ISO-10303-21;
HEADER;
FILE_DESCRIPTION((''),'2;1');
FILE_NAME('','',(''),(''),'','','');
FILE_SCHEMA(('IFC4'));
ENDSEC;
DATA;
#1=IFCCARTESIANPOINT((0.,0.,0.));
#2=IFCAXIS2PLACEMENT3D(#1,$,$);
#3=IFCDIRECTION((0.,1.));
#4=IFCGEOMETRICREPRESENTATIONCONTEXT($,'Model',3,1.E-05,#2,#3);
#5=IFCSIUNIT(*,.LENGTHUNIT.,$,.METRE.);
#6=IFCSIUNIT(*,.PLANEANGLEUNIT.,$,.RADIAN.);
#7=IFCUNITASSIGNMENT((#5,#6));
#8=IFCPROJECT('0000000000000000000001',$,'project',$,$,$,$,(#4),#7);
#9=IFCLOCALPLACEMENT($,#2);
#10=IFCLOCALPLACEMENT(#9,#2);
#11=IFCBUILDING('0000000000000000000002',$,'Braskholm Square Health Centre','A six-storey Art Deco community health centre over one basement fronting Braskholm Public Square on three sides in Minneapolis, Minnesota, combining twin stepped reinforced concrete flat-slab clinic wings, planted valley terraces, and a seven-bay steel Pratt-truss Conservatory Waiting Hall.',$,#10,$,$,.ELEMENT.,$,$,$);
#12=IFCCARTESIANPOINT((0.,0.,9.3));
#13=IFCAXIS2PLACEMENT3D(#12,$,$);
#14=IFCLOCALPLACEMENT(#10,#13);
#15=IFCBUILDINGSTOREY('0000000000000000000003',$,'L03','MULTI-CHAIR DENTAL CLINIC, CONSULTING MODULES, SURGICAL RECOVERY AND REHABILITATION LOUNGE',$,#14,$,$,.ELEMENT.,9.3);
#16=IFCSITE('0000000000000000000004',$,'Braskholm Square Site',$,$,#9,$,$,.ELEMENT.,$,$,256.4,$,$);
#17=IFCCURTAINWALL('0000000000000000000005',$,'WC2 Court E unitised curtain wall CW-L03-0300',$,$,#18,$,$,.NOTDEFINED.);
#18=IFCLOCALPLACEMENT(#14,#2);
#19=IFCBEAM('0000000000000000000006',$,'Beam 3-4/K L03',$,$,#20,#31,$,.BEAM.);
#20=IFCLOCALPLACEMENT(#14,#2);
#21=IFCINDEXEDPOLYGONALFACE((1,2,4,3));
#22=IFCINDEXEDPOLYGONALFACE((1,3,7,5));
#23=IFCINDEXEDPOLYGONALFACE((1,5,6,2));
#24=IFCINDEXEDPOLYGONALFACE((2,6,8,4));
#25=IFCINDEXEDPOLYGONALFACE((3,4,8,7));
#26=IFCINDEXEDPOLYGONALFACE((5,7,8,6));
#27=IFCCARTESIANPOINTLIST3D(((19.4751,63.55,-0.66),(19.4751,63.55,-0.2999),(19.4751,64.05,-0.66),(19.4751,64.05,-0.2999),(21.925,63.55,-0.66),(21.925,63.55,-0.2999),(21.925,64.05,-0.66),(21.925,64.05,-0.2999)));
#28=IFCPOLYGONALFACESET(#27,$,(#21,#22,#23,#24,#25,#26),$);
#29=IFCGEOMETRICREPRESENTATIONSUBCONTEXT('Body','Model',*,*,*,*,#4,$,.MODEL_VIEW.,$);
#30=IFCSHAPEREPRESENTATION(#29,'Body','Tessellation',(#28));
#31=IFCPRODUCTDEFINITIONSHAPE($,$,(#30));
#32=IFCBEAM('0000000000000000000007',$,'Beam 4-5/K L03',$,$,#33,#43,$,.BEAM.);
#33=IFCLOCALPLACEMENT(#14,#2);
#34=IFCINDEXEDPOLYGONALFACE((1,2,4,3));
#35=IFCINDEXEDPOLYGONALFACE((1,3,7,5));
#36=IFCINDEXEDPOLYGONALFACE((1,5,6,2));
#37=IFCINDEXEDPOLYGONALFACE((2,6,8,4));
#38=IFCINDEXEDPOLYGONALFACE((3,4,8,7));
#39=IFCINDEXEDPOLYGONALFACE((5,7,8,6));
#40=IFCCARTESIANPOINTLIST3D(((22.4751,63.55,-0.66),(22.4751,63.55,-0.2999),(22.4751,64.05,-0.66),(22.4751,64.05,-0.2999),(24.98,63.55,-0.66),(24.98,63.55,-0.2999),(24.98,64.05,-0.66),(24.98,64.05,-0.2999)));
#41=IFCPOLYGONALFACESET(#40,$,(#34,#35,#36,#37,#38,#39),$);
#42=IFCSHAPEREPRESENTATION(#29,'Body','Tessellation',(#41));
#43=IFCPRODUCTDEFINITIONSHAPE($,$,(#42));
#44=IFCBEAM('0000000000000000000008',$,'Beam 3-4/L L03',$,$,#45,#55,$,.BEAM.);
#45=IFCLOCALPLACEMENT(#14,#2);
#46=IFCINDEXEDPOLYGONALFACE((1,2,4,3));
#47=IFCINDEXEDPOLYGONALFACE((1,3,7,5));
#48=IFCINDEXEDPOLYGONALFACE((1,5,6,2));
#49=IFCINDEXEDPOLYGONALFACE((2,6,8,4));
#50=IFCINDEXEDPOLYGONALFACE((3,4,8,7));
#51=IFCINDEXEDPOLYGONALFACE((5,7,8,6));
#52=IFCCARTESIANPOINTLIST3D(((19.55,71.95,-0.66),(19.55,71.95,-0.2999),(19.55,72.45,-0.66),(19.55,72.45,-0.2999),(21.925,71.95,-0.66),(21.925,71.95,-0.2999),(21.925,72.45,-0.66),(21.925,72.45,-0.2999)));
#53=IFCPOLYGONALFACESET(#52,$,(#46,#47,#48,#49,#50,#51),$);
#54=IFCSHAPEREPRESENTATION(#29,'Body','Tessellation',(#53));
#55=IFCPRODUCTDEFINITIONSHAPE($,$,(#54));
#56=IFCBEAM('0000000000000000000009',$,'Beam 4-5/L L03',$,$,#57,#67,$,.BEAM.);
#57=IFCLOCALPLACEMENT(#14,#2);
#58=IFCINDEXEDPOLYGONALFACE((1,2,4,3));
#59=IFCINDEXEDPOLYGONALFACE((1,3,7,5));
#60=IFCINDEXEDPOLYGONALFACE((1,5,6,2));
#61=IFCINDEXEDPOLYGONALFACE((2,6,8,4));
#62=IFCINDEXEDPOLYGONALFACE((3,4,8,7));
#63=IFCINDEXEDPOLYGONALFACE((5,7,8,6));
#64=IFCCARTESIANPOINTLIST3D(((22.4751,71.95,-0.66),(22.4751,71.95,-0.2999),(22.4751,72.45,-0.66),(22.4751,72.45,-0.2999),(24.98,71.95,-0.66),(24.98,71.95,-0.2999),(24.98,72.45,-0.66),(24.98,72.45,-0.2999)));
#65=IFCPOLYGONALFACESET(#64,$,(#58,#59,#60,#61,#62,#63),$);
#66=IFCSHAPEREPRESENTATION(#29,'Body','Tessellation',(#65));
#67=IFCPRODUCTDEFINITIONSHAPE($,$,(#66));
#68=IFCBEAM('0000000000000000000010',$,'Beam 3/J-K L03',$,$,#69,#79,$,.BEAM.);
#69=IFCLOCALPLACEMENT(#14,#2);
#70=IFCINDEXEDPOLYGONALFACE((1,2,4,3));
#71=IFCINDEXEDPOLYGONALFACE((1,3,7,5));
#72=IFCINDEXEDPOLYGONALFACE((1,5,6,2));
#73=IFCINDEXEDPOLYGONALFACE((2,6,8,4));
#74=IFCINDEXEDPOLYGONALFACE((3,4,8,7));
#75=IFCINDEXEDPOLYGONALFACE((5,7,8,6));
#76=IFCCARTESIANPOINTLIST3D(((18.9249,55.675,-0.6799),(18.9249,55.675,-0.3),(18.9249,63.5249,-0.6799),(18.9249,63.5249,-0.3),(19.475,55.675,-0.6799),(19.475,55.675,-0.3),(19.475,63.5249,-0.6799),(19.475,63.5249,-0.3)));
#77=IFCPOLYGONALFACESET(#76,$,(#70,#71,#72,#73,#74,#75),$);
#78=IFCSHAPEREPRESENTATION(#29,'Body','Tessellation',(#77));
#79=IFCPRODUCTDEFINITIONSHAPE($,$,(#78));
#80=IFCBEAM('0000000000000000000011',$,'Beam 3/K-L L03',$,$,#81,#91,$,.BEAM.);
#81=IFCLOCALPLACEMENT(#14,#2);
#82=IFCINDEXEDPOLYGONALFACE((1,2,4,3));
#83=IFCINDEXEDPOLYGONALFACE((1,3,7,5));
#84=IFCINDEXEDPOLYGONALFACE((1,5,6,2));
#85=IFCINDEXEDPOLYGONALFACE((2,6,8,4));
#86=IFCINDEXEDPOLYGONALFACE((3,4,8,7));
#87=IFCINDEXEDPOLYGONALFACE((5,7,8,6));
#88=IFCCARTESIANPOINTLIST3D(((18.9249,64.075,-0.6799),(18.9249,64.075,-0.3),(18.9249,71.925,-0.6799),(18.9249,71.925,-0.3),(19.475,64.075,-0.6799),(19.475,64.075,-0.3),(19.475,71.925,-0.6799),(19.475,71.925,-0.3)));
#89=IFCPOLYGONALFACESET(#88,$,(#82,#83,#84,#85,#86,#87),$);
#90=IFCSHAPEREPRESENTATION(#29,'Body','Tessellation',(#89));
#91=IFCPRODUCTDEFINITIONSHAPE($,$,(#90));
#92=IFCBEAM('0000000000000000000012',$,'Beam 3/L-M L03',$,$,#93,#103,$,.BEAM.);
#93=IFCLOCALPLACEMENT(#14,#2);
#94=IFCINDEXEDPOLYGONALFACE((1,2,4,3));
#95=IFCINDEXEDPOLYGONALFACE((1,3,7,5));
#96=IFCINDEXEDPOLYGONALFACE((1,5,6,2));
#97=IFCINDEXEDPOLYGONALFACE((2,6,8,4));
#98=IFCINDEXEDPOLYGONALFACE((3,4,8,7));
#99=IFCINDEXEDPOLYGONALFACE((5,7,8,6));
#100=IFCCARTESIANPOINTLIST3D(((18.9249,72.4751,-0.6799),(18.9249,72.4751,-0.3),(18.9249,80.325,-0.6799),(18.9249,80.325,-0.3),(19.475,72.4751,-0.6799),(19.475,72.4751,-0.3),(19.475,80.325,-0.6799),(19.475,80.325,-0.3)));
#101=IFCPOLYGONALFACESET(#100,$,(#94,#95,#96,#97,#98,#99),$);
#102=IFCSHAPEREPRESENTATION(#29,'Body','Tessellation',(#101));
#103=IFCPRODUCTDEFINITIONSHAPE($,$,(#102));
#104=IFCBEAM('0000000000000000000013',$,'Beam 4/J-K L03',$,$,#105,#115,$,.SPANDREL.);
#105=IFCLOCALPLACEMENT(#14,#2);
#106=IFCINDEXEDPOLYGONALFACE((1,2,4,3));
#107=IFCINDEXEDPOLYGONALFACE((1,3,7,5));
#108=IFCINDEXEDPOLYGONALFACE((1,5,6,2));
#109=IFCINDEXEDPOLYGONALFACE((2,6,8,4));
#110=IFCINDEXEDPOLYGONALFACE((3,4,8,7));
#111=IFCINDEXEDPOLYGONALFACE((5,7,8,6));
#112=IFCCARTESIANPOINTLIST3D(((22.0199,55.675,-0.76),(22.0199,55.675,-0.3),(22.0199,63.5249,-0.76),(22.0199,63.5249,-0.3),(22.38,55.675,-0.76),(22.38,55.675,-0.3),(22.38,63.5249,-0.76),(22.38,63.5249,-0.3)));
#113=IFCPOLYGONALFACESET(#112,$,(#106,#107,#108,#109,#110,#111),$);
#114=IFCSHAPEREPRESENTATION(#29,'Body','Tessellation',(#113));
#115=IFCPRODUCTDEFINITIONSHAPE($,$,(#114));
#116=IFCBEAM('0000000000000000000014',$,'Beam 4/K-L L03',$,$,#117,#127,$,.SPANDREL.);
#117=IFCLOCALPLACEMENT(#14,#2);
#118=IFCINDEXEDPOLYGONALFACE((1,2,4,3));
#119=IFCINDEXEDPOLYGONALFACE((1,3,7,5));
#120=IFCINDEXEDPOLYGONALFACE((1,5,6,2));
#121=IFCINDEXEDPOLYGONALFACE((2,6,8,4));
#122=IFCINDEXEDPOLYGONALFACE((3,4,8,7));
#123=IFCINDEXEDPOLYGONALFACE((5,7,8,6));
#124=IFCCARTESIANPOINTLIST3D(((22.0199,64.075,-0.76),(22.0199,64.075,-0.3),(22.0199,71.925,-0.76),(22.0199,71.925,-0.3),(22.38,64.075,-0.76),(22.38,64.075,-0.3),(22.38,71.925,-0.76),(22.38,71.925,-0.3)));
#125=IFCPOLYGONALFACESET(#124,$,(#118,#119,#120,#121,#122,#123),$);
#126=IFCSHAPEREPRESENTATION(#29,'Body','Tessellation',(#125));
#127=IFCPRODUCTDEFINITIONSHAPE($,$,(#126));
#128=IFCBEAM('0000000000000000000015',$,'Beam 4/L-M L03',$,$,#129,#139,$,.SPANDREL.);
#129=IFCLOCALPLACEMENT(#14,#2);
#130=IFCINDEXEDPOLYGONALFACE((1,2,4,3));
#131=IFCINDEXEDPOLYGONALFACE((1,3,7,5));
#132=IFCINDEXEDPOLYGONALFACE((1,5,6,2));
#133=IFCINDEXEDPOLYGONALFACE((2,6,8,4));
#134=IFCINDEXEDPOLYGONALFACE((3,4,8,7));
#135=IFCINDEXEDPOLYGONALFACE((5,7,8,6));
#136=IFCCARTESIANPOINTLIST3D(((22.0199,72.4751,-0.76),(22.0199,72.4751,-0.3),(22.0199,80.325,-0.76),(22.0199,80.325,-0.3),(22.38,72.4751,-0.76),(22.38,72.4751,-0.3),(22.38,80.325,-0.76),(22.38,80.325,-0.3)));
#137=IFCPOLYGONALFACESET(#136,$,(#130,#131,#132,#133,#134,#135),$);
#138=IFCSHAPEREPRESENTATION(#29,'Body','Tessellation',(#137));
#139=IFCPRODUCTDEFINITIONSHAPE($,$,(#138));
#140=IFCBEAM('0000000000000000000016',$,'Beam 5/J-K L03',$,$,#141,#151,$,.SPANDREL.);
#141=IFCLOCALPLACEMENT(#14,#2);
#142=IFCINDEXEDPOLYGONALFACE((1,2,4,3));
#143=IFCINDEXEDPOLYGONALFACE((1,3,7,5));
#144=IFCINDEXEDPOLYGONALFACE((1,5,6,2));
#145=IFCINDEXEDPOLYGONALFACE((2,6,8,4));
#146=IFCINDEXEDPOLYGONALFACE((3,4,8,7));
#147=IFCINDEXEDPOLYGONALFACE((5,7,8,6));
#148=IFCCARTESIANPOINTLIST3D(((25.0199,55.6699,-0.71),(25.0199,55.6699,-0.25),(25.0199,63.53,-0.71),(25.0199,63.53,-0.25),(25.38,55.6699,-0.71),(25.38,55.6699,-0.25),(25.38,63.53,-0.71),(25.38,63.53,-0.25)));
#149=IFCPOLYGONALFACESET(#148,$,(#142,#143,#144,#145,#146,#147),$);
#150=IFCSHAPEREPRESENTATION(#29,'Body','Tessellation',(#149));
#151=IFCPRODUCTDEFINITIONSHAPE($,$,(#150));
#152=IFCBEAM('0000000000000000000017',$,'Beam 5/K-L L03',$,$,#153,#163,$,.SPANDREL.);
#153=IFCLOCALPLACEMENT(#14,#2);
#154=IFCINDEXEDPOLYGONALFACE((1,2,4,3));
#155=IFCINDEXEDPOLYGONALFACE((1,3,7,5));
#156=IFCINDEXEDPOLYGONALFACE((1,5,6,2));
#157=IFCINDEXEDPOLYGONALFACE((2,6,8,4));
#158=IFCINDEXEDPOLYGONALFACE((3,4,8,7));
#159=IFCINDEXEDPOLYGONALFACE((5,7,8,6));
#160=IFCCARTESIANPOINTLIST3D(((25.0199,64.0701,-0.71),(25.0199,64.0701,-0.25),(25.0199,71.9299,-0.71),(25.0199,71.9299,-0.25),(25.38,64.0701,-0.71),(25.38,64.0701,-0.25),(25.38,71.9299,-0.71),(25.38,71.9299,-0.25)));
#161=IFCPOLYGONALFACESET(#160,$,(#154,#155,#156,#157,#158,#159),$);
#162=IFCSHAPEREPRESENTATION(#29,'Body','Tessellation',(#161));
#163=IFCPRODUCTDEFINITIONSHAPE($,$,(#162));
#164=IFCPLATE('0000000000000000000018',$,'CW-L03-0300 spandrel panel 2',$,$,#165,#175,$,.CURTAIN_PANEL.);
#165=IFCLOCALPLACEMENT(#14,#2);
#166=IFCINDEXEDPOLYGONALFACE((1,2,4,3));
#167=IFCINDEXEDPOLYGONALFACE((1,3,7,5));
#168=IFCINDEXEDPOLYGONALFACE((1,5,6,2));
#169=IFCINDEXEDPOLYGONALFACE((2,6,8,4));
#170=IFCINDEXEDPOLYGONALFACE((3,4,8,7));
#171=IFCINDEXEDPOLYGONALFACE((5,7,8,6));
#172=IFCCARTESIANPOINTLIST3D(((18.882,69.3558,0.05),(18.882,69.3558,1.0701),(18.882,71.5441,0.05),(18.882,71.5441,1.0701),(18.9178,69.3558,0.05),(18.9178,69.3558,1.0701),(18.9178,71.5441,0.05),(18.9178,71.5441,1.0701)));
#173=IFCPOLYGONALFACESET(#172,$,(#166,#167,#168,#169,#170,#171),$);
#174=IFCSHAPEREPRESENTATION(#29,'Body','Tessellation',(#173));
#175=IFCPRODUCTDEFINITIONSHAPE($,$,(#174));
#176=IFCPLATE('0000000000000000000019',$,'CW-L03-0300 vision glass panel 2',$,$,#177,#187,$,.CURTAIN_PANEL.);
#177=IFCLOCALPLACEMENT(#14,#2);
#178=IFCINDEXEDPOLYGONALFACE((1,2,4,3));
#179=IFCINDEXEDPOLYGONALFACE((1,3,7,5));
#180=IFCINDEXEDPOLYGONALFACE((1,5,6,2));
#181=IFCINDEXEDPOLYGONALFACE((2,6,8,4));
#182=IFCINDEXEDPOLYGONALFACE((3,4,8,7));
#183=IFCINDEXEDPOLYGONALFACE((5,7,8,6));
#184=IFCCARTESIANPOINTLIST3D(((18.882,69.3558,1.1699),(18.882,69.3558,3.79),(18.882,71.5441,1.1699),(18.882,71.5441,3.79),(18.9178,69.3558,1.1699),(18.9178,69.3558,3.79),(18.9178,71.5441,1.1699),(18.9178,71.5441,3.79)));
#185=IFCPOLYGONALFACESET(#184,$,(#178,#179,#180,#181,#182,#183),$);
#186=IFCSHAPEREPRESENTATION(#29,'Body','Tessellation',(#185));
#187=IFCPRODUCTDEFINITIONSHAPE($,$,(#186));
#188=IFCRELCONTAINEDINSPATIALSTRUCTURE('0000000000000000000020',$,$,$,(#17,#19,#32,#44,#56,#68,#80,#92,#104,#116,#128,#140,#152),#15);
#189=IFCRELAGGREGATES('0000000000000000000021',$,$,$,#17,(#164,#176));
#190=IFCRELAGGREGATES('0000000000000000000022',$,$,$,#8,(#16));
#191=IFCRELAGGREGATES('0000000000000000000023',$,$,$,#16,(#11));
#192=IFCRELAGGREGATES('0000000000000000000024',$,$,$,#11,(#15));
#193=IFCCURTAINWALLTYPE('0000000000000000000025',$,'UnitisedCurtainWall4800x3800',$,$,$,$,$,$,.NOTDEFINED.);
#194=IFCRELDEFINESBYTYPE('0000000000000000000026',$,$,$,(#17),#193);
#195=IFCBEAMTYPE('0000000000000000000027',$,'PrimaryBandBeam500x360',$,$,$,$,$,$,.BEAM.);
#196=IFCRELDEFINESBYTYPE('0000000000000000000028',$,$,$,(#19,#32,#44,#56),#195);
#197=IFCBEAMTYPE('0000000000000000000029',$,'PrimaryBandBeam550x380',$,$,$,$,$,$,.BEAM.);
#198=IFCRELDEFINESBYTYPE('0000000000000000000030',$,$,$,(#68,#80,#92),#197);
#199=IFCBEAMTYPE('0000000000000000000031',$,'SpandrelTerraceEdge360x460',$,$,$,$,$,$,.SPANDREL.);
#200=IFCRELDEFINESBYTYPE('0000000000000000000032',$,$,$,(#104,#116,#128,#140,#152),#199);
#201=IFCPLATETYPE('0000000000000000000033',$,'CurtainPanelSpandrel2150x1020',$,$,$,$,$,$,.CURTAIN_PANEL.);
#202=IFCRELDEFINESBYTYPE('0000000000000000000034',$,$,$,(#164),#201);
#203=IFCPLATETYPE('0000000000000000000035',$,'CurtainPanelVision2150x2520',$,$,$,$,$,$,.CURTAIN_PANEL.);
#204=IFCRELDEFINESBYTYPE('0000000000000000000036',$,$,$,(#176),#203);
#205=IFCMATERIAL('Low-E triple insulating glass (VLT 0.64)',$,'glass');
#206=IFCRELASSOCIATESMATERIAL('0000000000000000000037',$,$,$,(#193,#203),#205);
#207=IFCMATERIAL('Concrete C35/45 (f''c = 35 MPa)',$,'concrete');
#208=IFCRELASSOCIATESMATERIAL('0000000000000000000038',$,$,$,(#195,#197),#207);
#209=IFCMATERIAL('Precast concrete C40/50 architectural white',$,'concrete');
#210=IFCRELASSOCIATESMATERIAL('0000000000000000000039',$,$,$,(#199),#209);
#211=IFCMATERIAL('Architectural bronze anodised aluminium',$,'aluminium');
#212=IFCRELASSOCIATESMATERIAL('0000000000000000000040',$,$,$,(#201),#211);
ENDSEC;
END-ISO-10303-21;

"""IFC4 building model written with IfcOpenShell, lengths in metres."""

from ifc_helpers import new_model, si_unit, direction, frame, origin, origin_2d, place, context, subcontext, project, spatial, rectangle, extrude, material, material_profile, profile_set, type_object, element, aggregate, save


model = new_model("IFC4")

# Units and contexts
model_context = context("Model", 3, precision=1e-05, world=origin(), true_north=direction((0.0, 1.0)))
body_context = subcontext(model_context, "Body", "Model", "MODEL_VIEW")
ifc_project = project(units=[si_unit("LENGTHUNIT", "METRE"), si_unit("PLANEANGLEUNIT", "RADIAN")], contexts=[model_context])

# Site, building, storey
site_placement = place(None, origin())
site = spatial("IfcSite", under=ifc_project, at=site_placement, Name="Braskholm Square Site", CompositionType="ELEMENT", RefElevation=256.4)
building_placement = place(site_placement, origin())
building = spatial("IfcBuilding", under=site, at=building_placement, Name="Braskholm Square Health Centre", Description="A six-storey Art Deco community health centre over one basement fronting Braskholm Public Square on three sides in Minneapolis, Minnesota, combining twin stepped reinforced concrete flat-slab clinic wings, planted valley terraces, and a seven-bay steel Pratt-truss Conservatory Waiting Hall.", CompositionType="ELEMENT")
storey_placement = place(building_placement, frame((0.0, 0.0, 9.3)))
storey = spatial("IfcBuildingStorey", under=building, at=storey_placement, Name="L03", Description="MULTI-CHAIR DENTAL CLINIC, CONSULTING MODULES, SURGICAL RECOVERY AND REHABILITATION LOUNGE", CompositionType="ELEMENT", Elevation=9.3)

# Shared definitions
ifc_material_1 = material(Name="Low-E triple insulating glass (VLT 0.64)", Category="glass")
ifc_material_2 = material(Name="Architectural bronze anodised aluminium", Category="aluminium")
curtain_wall_type_1 = type_object("IfcCurtainWallType", Name="UnitisedCurtainWall4800x3800", PredefinedType="NOTDEFINED", material=ifc_material_1)

# Curtain wall
curtain_wall_1_placement = place(storey_placement, origin())
curtain_wall_1 = element("IfcCurtainWall", 1, at=curtain_wall_1_placement, inside=storey, type_object=curtain_wall_type_1, Name="WC2 Court E unitised curtain wall CW-L03-0300", PredefinedType="NOTDEFINED")

# Beams
ifc_material_3 = material(Name="Concrete C35/45 (f'c = 35 MPa)", Category="concrete")
ifc_material_profile_1 = material_profile(ifc_material_3, rectangle(XDim=0.5, YDim=0.3601, at=origin_2d()), Name="RCB-500X360")
ifc_profile_set_1 = profile_set([ifc_material_profile_1], Name="Concrete C35/45 (f'c = 35 MPa)")
beam_type_1 = type_object("IfcBeamType", Name="PrimaryBandBeam500x360", PredefinedType="BEAM", material=ifc_profile_set_1)
beam_1_placement = place(storey_placement, frame((19.4751, 63.8, -0.48), z_axis=(1.0, 0.0, 0.0), x_axis=(0.0, 1.0, 0.0)))
element("IfcBeam", 2, at=beam_1_placement, inside=storey, type_object=beam_type_1, Name="Beam 3-4/K L03", PredefinedType="BEAM", context=body_context, shape_type="SweptSolid", body=[
    extrude(rectangle(XDim=0.5, YDim=0.3601, at=origin_2d()), origin(), (0.0, 0.0, 1.0), 2.45),
])
beam_2_placement = place(storey_placement, frame((22.4751, 63.8, -0.48), z_axis=(1.0, 0.0, 0.0), x_axis=(0.0, 1.0, 0.0)))
element("IfcBeam", 3, at=beam_2_placement, inside=storey, type_object=beam_type_1, Name="Beam 4-5/K L03", PredefinedType="BEAM", context=body_context, shape_type="SweptSolid", body=[
    extrude(rectangle(XDim=0.5, YDim=0.3601, at=origin_2d()), origin(), (0.0, 0.0, 1.0), 2.5049),
])
beam_3_placement = place(storey_placement, frame((19.55, 72.2, -0.48), z_axis=(1.0, 0.0, 0.0), x_axis=(0.0, 1.0, 0.0)))
element("IfcBeam", 4, at=beam_3_placement, inside=storey, type_object=beam_type_1, Name="Beam 3-4/L L03", PredefinedType="BEAM", context=body_context, shape_type="SweptSolid", body=[
    extrude(rectangle(XDim=0.5, YDim=0.3601, at=origin_2d()), origin(), (0.0, 0.0, 1.0), 2.375),
])
beam_4_placement = place(storey_placement, frame((22.4751, 72.2, -0.48), z_axis=(1.0, 0.0, 0.0), x_axis=(0.0, 1.0, 0.0)))
element("IfcBeam", 5, at=beam_4_placement, inside=storey, type_object=beam_type_1, Name="Beam 4-5/L L03", PredefinedType="BEAM", context=body_context, shape_type="SweptSolid", body=[
    extrude(rectangle(XDim=0.5, YDim=0.3601, at=origin_2d()), origin(), (0.0, 0.0, 1.0), 2.5049),
])
ifc_material_profile_2 = material_profile(ifc_material_3, rectangle(XDim=0.55, YDim=0.3799, at=origin_2d()), Name="RCB-550X380")
ifc_profile_set_2 = profile_set([ifc_material_profile_2], Name="Concrete C35/45 (f'c = 35 MPa)")
beam_type_2 = type_object("IfcBeamType", Name="PrimaryBandBeam550x380", PredefinedType="BEAM", material=ifc_profile_set_2)
beam_5_placement = place(storey_placement, frame((19.2, 55.675, -0.49), z_axis=(0.0, 1.0, 0.0), x_axis=(-1.0, 0.0, 0.0)))
element("IfcBeam", 6, at=beam_5_placement, inside=storey, type_object=beam_type_2, Name="Beam 3/J-K L03", PredefinedType="BEAM", context=body_context, shape_type="SweptSolid", body=[
    extrude(rectangle(XDim=0.55, YDim=0.3799, at=origin_2d()), origin(), (0.0, 0.0, 1.0), 7.8499),
])
beam_6_placement = place(storey_placement, frame((19.2, 64.075, -0.49), z_axis=(0.0, 1.0, 0.0), x_axis=(-1.0, 0.0, 0.0)))
element("IfcBeam", 7, at=beam_6_placement, inside=storey, type_object=beam_type_2, Name="Beam 3/K-L L03", PredefinedType="BEAM", context=body_context, shape_type="SweptSolid", body=[
    extrude(rectangle(XDim=0.55, YDim=0.3799, at=origin_2d()), origin(), (0.0, 0.0, 1.0), 7.8501),
])
beam_7_placement = place(storey_placement, frame((19.2, 72.4751, -0.49), z_axis=(0.0, 1.0, 0.0), x_axis=(-1.0, 0.0, 0.0)))
element("IfcBeam", 8, at=beam_7_placement, inside=storey, type_object=beam_type_2, Name="Beam 3/L-M L03", PredefinedType="BEAM", context=body_context, shape_type="SweptSolid", body=[
    extrude(rectangle(XDim=0.55, YDim=0.3799, at=origin_2d()), origin(), (0.0, 0.0, 1.0), 7.8499),
])
ifc_material_4 = material(Name="Precast concrete C40/50 architectural white", Category="concrete")
ifc_material_profile_3 = material_profile(ifc_material_4, rectangle(XDim=0.3601, YDim=0.46, at=origin_2d()), Name="RCB-360X460")
ifc_profile_set_3 = profile_set([ifc_material_profile_3], Name="Precast concrete C40/50 architectural white")
beam_type_3 = type_object("IfcBeamType", Name="SpandrelTerraceEdge360x460", PredefinedType="SPANDREL", material=ifc_profile_set_3)
beam_8_placement = place(storey_placement, frame((22.2, 55.675, -0.53), z_axis=(0.0, 1.0, 0.0), x_axis=(-1.0, 0.0, 0.0)))
element("IfcBeam", 9, at=beam_8_placement, inside=storey, type_object=beam_type_3, Name="Beam 4/J-K L03", PredefinedType="SPANDREL", context=body_context, shape_type="SweptSolid", body=[
    extrude(rectangle(XDim=0.3601, YDim=0.46, at=origin_2d()), origin(), (0.0, 0.0, 1.0), 7.8499),
])
beam_9_placement = place(storey_placement, frame((22.2, 64.075, -0.53), z_axis=(0.0, 1.0, 0.0), x_axis=(-1.0, 0.0, 0.0)))
element("IfcBeam", 10, at=beam_9_placement, inside=storey, type_object=beam_type_3, Name="Beam 4/K-L L03", PredefinedType="SPANDREL", context=body_context, shape_type="SweptSolid", body=[
    extrude(rectangle(XDim=0.3601, YDim=0.46, at=origin_2d()), origin(), (0.0, 0.0, 1.0), 7.8501),
])
beam_10_placement = place(storey_placement, frame((22.2, 72.4751, -0.53), z_axis=(0.0, 1.0, 0.0), x_axis=(-1.0, 0.0, 0.0)))
element("IfcBeam", 11, at=beam_10_placement, inside=storey, type_object=beam_type_3, Name="Beam 4/L-M L03", PredefinedType="SPANDREL", context=body_context, shape_type="SweptSolid", body=[
    extrude(rectangle(XDim=0.3601, YDim=0.46, at=origin_2d()), origin(), (0.0, 0.0, 1.0), 7.8499),
])
beam_11_placement = place(storey_placement, frame((25.2, 55.6699, -0.48), z_axis=(0.0, 1.0, 0.0), x_axis=(-1.0, 0.0, 0.0)))
element("IfcBeam", 12, at=beam_11_placement, inside=storey, type_object=beam_type_3, Name="Beam 5/J-K L03", PredefinedType="SPANDREL", context=body_context, shape_type="SweptSolid", body=[
    extrude(rectangle(XDim=0.3601, YDim=0.46, at=origin_2d()), origin(), (0.0, 0.0, 1.0), 7.8601),
])
beam_12_placement = place(storey_placement, frame((25.2, 64.0701, -0.48), z_axis=(0.0, 1.0, 0.0), x_axis=(-1.0, 0.0, 0.0)))
element("IfcBeam", 13, at=beam_12_placement, inside=storey, type_object=beam_type_3, Name="Beam 5/K-L L03", PredefinedType="SPANDREL", context=body_context, shape_type="SweptSolid", body=[
    extrude(rectangle(XDim=0.3601, YDim=0.46, at=origin_2d()), origin(), (0.0, 0.0, 1.0), 7.8599),
])

# Plates
plate_type_1 = type_object("IfcPlateType", Name="CurtainPanelSpandrel2150x1020", PredefinedType="CURTAIN_PANEL", material=ifc_material_2)
plate_1_placement = place(storey_placement, frame((18.8999, 70.45, 0.05), z_axis=(0.0, 0.0, 1.0), x_axis=(0.0, -1.0, 0.0)))
plate_1 = element("IfcPlate", 14, at=plate_1_placement, type_object=plate_type_1, Name="CW-L03-0300 spandrel panel 2", PredefinedType="CURTAIN_PANEL", context=body_context, shape_type="SweptSolid", body=[
    extrude(rectangle(XDim=2.1882, YDim=0.0359, at=origin_2d()), origin(), (0.0, 0.0, 1.0), 1.02),
])
plate_type_2 = type_object("IfcPlateType", Name="CurtainPanelVision2150x2520", PredefinedType="CURTAIN_PANEL", material=ifc_material_1)
plate_2_placement = place(storey_placement, frame((18.8999, 70.45, 1.1699), z_axis=(0.0, 0.0, 1.0), x_axis=(0.0, -1.0, 0.0)))
plate_2 = element("IfcPlate", 15, at=plate_2_placement, type_object=plate_type_2, Name="CW-L03-0300 vision glass panel 2", PredefinedType="CURTAIN_PANEL", context=body_context, shape_type="SweptSolid", body=[
    extrude(rectangle(XDim=2.1882, YDim=0.0359, at=origin_2d()), origin(), (0.0, 0.0, 1.0), 2.6201),
])
aggregate(curtain_wall_1, [plate_1, plate_2])

save(model, "model.ifc")
